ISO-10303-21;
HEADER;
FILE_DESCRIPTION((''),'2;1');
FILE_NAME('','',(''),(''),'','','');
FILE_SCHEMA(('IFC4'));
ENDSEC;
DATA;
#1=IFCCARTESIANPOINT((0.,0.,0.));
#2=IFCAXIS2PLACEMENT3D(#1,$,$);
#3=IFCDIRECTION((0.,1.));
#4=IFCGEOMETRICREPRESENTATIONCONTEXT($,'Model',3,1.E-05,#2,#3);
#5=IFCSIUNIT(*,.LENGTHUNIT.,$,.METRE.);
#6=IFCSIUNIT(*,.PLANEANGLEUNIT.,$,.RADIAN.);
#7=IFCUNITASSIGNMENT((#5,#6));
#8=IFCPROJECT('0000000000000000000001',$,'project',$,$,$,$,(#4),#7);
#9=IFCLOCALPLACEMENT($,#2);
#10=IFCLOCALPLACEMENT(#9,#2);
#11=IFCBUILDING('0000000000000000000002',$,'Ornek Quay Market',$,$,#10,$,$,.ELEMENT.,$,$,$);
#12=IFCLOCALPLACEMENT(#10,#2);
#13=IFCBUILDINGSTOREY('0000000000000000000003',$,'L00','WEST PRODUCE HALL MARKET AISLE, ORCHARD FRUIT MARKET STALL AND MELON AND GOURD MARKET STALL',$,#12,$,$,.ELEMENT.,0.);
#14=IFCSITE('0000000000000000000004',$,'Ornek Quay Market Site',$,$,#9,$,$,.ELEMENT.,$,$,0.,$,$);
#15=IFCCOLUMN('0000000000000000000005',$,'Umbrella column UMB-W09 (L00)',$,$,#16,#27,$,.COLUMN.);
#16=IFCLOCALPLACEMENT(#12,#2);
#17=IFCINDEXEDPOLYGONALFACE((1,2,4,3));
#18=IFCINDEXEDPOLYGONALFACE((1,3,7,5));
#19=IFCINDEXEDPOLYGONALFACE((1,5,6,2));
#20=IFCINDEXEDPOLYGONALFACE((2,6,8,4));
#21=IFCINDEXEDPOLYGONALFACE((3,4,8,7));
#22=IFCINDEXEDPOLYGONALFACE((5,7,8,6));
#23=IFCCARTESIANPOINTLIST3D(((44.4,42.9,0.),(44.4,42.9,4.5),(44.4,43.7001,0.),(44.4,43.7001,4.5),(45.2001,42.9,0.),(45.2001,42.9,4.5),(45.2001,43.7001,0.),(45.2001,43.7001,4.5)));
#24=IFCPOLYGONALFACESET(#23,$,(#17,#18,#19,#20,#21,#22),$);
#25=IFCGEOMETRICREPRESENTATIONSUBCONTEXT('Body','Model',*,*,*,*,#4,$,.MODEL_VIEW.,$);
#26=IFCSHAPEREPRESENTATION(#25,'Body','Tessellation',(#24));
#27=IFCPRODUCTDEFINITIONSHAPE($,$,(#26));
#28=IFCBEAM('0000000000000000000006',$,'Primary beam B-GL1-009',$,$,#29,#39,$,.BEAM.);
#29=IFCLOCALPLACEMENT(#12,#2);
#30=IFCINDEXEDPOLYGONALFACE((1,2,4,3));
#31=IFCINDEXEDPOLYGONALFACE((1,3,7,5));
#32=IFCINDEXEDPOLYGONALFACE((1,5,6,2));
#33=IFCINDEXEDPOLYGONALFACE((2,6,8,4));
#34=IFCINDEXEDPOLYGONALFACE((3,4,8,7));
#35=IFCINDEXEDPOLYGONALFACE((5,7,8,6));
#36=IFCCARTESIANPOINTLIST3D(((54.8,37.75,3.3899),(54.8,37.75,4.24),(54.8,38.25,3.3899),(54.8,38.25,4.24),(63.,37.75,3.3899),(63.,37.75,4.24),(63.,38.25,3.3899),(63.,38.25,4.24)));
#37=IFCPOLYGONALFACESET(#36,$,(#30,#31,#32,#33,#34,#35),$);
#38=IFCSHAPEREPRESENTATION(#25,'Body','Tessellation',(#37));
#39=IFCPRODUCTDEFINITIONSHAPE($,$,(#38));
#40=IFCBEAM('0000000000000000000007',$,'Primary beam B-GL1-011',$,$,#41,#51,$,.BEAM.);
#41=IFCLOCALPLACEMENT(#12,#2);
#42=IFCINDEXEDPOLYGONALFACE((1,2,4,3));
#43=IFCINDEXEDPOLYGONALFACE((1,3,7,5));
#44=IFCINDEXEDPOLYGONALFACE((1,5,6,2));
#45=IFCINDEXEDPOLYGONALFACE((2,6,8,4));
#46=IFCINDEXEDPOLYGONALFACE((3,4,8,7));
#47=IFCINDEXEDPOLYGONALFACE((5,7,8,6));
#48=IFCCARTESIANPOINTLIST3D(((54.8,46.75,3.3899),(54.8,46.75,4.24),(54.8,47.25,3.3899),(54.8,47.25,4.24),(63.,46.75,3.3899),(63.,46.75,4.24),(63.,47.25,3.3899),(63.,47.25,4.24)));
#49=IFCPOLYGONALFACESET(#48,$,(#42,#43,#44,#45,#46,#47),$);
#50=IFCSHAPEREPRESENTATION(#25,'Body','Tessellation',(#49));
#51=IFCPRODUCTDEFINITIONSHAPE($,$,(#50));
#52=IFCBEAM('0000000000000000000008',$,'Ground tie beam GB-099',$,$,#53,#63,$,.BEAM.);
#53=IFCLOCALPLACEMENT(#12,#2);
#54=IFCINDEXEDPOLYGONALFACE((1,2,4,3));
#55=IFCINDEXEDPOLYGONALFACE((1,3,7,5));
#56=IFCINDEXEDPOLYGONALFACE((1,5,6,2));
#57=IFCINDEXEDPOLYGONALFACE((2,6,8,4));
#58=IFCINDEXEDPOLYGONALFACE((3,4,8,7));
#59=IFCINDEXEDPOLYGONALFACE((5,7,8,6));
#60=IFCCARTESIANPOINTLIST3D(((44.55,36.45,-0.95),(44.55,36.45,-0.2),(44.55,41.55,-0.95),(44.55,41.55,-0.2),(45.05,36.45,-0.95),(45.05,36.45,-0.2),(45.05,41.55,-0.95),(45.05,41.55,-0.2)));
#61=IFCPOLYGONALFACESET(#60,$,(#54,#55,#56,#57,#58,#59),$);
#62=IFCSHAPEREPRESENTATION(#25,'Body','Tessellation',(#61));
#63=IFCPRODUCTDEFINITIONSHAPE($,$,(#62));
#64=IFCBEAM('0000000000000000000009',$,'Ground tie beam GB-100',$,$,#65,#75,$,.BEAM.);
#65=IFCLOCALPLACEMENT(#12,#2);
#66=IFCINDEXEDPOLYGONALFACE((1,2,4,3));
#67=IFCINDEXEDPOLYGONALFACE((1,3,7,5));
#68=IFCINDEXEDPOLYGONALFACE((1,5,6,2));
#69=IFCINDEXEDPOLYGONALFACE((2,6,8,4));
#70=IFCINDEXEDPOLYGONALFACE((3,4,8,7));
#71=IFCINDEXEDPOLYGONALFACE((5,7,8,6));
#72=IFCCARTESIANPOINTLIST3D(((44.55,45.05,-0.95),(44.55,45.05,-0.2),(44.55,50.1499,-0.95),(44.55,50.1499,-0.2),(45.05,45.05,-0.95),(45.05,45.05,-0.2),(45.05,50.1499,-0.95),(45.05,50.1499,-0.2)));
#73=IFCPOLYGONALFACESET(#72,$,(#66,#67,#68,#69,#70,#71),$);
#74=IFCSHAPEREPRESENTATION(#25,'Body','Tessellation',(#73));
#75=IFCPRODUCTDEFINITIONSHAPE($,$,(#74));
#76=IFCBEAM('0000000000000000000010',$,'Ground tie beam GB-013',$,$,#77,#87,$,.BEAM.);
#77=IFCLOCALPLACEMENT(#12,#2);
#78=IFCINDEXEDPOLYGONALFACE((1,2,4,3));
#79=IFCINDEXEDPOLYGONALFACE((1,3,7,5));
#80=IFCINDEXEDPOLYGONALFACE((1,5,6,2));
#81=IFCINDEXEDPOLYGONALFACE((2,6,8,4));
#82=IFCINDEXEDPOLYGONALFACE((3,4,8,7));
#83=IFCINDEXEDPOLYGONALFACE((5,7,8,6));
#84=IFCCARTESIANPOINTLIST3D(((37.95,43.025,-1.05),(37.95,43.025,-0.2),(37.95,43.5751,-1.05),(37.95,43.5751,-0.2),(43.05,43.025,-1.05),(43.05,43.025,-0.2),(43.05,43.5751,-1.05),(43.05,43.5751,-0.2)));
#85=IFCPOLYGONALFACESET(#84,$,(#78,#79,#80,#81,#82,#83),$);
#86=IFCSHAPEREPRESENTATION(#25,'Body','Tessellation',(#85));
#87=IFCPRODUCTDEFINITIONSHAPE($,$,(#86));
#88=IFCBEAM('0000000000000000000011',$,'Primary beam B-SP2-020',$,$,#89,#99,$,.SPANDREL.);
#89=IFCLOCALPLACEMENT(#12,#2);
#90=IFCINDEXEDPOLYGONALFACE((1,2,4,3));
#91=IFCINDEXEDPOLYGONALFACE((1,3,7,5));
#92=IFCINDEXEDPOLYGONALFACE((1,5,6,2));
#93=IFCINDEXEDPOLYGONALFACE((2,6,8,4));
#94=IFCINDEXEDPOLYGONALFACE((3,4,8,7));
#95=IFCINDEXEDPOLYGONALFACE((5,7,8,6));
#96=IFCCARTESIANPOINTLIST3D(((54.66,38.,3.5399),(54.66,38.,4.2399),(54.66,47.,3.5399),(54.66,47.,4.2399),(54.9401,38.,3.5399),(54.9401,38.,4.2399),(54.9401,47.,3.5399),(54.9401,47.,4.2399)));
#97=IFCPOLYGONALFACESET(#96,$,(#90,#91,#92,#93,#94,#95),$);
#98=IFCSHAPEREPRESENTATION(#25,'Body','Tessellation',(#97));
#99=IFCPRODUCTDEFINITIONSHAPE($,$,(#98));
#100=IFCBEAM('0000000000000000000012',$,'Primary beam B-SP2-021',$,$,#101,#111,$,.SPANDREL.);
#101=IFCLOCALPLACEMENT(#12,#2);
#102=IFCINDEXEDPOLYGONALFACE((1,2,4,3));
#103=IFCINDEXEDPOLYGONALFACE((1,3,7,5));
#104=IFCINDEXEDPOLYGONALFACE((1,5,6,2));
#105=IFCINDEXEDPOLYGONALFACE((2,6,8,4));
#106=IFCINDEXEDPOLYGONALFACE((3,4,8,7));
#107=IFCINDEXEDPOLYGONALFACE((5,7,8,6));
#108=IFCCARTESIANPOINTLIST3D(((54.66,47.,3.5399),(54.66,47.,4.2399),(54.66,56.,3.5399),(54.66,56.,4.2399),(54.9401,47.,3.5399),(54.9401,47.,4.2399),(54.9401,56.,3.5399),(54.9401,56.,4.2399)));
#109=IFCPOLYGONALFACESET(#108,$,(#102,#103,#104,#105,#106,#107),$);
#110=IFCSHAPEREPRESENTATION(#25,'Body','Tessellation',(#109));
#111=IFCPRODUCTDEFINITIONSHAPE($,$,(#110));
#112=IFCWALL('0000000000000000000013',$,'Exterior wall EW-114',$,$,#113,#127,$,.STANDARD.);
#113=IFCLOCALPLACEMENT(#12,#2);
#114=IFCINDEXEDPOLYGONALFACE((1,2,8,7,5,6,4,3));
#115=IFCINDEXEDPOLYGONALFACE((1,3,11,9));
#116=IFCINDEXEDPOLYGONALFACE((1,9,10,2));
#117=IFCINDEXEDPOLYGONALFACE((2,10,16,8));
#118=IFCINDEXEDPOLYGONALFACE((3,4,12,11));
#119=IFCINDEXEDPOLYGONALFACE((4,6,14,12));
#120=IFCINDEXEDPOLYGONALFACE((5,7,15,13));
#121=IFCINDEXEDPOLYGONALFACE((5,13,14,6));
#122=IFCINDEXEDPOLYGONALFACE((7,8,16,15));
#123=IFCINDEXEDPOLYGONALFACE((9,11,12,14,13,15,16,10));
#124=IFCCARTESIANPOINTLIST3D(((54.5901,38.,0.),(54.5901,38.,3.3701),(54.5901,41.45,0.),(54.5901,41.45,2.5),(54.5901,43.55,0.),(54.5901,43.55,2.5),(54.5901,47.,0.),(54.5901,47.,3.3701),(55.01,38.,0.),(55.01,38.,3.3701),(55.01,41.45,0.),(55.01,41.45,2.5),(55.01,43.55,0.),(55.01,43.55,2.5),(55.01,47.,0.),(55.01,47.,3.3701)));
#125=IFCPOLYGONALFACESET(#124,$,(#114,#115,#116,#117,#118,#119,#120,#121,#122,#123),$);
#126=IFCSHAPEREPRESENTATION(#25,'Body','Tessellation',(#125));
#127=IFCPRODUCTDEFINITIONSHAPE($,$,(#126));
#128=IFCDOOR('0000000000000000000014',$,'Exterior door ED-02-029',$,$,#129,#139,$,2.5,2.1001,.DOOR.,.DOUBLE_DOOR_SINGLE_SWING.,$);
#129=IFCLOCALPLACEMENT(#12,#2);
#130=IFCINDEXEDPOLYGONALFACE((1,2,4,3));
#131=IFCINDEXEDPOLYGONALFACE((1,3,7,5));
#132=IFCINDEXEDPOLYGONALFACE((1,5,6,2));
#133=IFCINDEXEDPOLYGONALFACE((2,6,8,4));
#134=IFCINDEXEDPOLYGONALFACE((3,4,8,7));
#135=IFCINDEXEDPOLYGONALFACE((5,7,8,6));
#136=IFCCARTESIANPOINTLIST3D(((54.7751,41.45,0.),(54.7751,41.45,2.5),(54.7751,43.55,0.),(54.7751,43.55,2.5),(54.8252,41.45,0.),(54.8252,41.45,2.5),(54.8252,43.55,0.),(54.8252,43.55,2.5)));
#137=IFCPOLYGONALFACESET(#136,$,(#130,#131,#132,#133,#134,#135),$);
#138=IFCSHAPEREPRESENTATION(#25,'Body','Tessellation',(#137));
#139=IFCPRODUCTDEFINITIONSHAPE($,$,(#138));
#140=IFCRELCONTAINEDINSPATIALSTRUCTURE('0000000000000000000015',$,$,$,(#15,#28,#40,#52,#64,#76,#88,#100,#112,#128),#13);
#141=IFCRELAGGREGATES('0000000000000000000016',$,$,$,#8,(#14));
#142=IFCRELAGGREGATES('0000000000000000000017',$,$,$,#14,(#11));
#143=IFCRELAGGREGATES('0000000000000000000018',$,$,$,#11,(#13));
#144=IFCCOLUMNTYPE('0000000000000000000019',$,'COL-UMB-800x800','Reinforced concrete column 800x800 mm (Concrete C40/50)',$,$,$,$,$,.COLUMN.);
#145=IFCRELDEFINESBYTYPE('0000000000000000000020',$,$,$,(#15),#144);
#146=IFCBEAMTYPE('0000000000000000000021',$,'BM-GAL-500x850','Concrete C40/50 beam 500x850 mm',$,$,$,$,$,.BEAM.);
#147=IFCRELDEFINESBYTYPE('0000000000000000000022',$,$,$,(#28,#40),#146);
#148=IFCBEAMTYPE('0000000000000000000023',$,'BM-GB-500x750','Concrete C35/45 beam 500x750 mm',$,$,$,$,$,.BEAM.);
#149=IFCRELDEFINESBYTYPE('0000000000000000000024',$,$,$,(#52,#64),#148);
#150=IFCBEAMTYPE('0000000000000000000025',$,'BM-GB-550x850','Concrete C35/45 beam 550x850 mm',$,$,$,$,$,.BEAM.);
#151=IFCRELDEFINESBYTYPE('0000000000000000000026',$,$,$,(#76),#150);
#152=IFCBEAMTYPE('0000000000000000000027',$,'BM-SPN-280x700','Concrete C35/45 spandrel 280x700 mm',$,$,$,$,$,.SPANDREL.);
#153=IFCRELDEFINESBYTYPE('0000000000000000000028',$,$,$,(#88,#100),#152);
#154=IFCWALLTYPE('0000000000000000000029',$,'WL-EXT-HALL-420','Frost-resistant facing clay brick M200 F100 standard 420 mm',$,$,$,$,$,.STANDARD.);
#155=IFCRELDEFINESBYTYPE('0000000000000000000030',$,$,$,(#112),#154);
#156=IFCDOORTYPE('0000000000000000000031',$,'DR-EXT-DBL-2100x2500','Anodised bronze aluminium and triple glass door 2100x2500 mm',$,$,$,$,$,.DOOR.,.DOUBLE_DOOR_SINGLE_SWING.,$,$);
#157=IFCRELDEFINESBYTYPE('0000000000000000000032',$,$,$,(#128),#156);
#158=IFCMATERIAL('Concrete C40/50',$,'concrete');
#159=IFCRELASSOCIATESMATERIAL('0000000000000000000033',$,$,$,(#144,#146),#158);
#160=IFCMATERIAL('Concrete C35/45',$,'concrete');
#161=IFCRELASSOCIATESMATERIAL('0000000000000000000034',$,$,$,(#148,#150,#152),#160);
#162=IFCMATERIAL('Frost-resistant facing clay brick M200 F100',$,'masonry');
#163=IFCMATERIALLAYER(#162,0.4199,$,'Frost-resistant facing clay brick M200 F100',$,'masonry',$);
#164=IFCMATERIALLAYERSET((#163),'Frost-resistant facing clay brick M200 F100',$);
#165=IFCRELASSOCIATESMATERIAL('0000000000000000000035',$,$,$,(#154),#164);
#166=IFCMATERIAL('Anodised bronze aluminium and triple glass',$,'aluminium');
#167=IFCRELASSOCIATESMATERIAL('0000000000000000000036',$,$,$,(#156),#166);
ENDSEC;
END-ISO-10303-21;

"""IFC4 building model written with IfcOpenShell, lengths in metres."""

from ifc_helpers import new_model, si_unit, direction, frame, frame_2d, origin, origin_2d, place, context, subcontext, project, spatial, rectangle, extrude, material, layer, layer_set, material_profile, profile_set, type_object, element, fill, save


model = new_model("IFC4")

# Units and contexts
model_context = context("Model", 3, precision=1e-05, world=origin(), true_north=direction((0.0, 1.0)))
body_context = subcontext(model_context, "Body", "Model", "MODEL_VIEW")
ifc_project = project(units=[si_unit("LENGTHUNIT", "METRE"), si_unit("PLANEANGLEUNIT", "RADIAN")], contexts=[model_context])

# Site, building, storey
site_placement = place(None, origin())
site = spatial("IfcSite", under=ifc_project, at=site_placement, Name="Ornek Quay Market Site", CompositionType="ELEMENT", RefElevation=0.0)
building_placement = place(site_placement, origin())
building = spatial("IfcBuilding", under=site, at=building_placement, Name="Ornek Quay Market", CompositionType="ELEMENT")
storey_placement = place(building_placement, origin())
storey = spatial("IfcBuildingStorey", under=building, at=storey_placement, Name="L00", Description="WEST PRODUCE HALL MARKET AISLE, ORCHARD FRUIT MARKET STALL AND MELON AND GOURD MARKET STALL", CompositionType="ELEMENT", Elevation=0.0)

# Shared definitions
ifc_material_1 = material(Name="Concrete C35/45", Category="concrete")

# Column
ifc_material_2 = material(Name="Concrete C40/50", Category="concrete")
ifc_material_profile_1 = material_profile(ifc_material_2, rectangle(XDim=0.8, YDim=0.8, at=origin_2d()), Name="RC 800x800", Category="concrete")
ifc_profile_set_1 = profile_set([ifc_material_profile_1], Name="Concrete C40/50")
column_type_1 = type_object("IfcColumnType", Name="COL-UMB-800x800", Description="Reinforced concrete column 800x800 mm (Concrete C40/50)", PredefinedType="COLUMN", material=ifc_profile_set_1)
column_placement = place(storey_placement, frame((44.8, 43.3, 0.0), z_axis=(0.0, 0.0, 1.0), x_axis=(1.0, 0.0, 0.0)))
element("IfcColumn", 1, at=column_placement, inside=storey, type_object=column_type_1, Name="Umbrella column UMB-W09 (L00)", PredefinedType="COLUMN", context=body_context, shape_type="SweptSolid", body=[
    extrude(rectangle(XDim=0.8, YDim=0.8, at=origin_2d()), origin(), (0.0, 0.0, 1.0), 4.5),
])

# Beams
ifc_material_profile_2 = material_profile(ifc_material_2, rectangle(XDim=0.5, YDim=0.8501, at=origin_2d()), Name="RC 500x850", Category="concrete")
ifc_profile_set_2 = profile_set([ifc_material_profile_2], Name="Concrete C40/50")
beam_type_1 = type_object("IfcBeamType", Name="BM-GAL-500x850", Description="Concrete C40/50 beam 500x850 mm", PredefinedType="BEAM", material=ifc_profile_set_2)
for number, where, z_axis, x_axis, name in (
    (2, (54.8, 38.0, 3.8149), (1.0, 0.0, 0.0), (0.0, 1.0, 0.0), "Primary beam B-GL1-009"),
    (3, (54.8, 47.0, 3.8149), (1.0, 0.0, 0.0), (0.0, 1.0, 0.0), "Primary beam B-GL1-011"),
):
    element("IfcBeam", number, at=place(storey_placement, frame(where, z_axis=z_axis, x_axis=x_axis)), inside=storey, type_object=beam_type_1, Name=name, PredefinedType="BEAM", context=body_context, shape_type="SweptSolid", body=[
        extrude(rectangle(XDim=0.5, YDim=0.8501, at=origin_2d()), origin(), (0.0, 0.0, 1.0), 8.2),
    ])
ifc_material_profile_3 = material_profile(ifc_material_1, rectangle(XDim=0.5, YDim=0.75, at=origin_2d()), Name="RC 500x750", Category="concrete")
ifc_profile_set_3 = profile_set([ifc_material_profile_3], Name="Concrete C35/45")
beam_type_2 = type_object("IfcBeamType", Name="BM-GB-500x750", Description="Concrete C35/45 beam 500x750 mm", PredefinedType="BEAM", material=ifc_profile_set_3)
beam_1_placement = place(storey_placement, frame((44.8, 36.45, -0.575), z_axis=(0.0, 1.0, 0.0), x_axis=(-1.0, 0.0, 0.0)))
element("IfcBeam", 4, at=beam_1_placement, inside=storey, type_object=beam_type_2, Name="Ground tie beam GB-099", PredefinedType="BEAM", context=body_context, shape_type="SweptSolid", body=[
    extrude(rectangle(XDim=0.5, YDim=0.75, at=origin_2d()), origin(), (0.0, 0.0, 1.0), 5.1001),
])
beam_2_placement = place(storey_placement, frame((44.8, 45.05, -0.575), z_axis=(0.0, 1.0, 0.0), x_axis=(-1.0, 0.0, 0.0)))
element("IfcBeam", 5, at=beam_2_placement, inside=storey, type_object=beam_type_2, Name="Ground tie beam GB-100", PredefinedType="BEAM", context=body_context, shape_type="SweptSolid", body=[
    extrude(rectangle(XDim=0.5, YDim=0.75, at=origin_2d()), origin(), (0.0, 0.0, 1.0), 5.0999),
])
ifc_material_profile_4 = material_profile(ifc_material_1, rectangle(XDim=0.55, YDim=0.8501, at=origin_2d()), Name="RC 550x850", Category="concrete")
ifc_profile_set_4 = profile_set([ifc_material_profile_4], Name="Concrete C35/45")
beam_type_3 = type_object("IfcBeamType", Name="BM-GB-550x850", Description="Concrete C35/45 beam 550x850 mm", PredefinedType="BEAM", material=ifc_profile_set_4)
beam_3_placement = place(storey_placement, frame((37.95, 43.3, -0.625), z_axis=(1.0, 0.0, 0.0), x_axis=(0.0, 1.0, 0.0)))
element("IfcBeam", 6, at=beam_3_placement, inside=storey, type_object=beam_type_3, Name="Ground tie beam GB-013", PredefinedType="BEAM", context=body_context, shape_type="SweptSolid", body=[
    extrude(rectangle(XDim=0.55, YDim=0.8501, at=origin_2d()), origin(), (0.0, 0.0, 1.0), 5.1001),
])
ifc_material_profile_5 = material_profile(ifc_material_1, rectangle(XDim=0.28, YDim=0.7, at=origin_2d()), Name="RC 280x700", Category="concrete")
ifc_profile_set_5 = profile_set([ifc_material_profile_5], Name="Concrete C35/45")
beam_type_4 = type_object("IfcBeamType", Name="BM-SPN-280x700", Description="Concrete C35/45 spandrel 280x700 mm", PredefinedType="SPANDREL", material=ifc_profile_set_5)
for number, where, z_axis, x_axis, name in (
    (7, (54.8, 38.0, 3.8899), (0.0, 1.0, 0.0), (-1.0, 0.0, 0.0), "Primary beam B-SP2-020"),
    (8, (54.8, 47.0, 3.8899), (0.0, 1.0, 0.0), (-1.0, 0.0, 0.0), "Primary beam B-SP2-021"),
):
    element("IfcBeam", number, at=place(storey_placement, frame(where, z_axis=z_axis, x_axis=x_axis)), inside=storey, type_object=beam_type_4, Name=name, PredefinedType="SPANDREL", context=body_context, shape_type="SweptSolid", body=[
        extrude(rectangle(XDim=0.28, YDim=0.7, at=origin_2d()), origin(), (0.0, 0.0, 1.0), 9.0),
    ])

# Wall, opening, door
ifc_material_3 = material(Name="Frost-resistant facing clay brick M200 F100", Category="masonry")
ifc_layer_1 = layer(ifc_material_3, 0.4199, Name="Frost-resistant facing clay brick M200 F100", Category="masonry")
ifc_layer_set_1 = layer_set([ifc_layer_1], Name="Frost-resistant facing clay brick M200 F100")
wall_type = type_object("IfcWallType", Name="WL-EXT-HALL-420", Description="Frost-resistant facing clay brick M200 F100 standard 420 mm", PredefinedType="STANDARD", material=ifc_layer_set_1)
wall_1_placement = place(storey_placement, frame((54.8, 38.0, 0.0), z_axis=(0.0, 0.0, 1.0), x_axis=(0.0, 1.0, 0.0)))
wall_1 = element("IfcWall", 9, at=wall_1_placement, inside=storey, type_object=wall_type, Name="Exterior wall EW-114", PredefinedType="STANDARD", context=body_context, shape_type="SweptSolid", body=[
    extrude(rectangle(XDim=9.0, YDim=0.4199, at=frame_2d((4.5, 0.0))), origin(), (0.0, 0.0, 1.0), 3.3701),
])
opening_1_placement = place(wall_1_placement, frame((3.45, 0.0, 0.0)))
opening_1 = element("IfcOpeningElement", 10, at=opening_1_placement, cuts=wall_1, PredefinedType="OPENING", context=body_context, shape_type="SweptSolid", body=[
    extrude(rectangle(XDim=2.1001, YDim=2.5, at=frame_2d((1.05, 1.25))), frame((0.0, 0.22, 0.0), z_axis=(0.0, -1.0, 0.0), x_axis=(1.0, 0.0, 0.0)), (0.0, 0.0, 1.0), 0.4399),
])
ifc_material_4 = material(Name="Anodised bronze aluminium and triple glass", Category="aluminium")
door_type = type_object("IfcDoorType", Name="DR-EXT-DBL-2100x2500", Description="Anodised bronze aluminium and triple glass door 2100x2500 mm", OperationType="DOUBLE_DOOR_SINGLE_SWING", PredefinedType="DOOR", material=ifc_material_4)
door_placement = place(opening_1_placement, origin())
door = element("IfcDoor", 11, at=door_placement, inside=storey, type_object=door_type, Name="Exterior door ED-02-029", OperationType="DOUBLE_DOOR_SINGLE_SWING", OverallHeight=2.5, OverallWidth=2.1001, PredefinedType="DOOR", context=body_context, shape_type="SweptSolid", body=[
    extrude(rectangle(XDim=2.1001, YDim=2.5, at=frame_2d((1.05, 1.25))), frame((0.0, 0.0249, 0.0), z_axis=(0.0, -1.0, 0.0), x_axis=(1.0, 0.0, 0.0)), (0.0, 0.0, 1.0), 0.05),
])
fill(opening_1, door)

save(model, "model.ifc")
